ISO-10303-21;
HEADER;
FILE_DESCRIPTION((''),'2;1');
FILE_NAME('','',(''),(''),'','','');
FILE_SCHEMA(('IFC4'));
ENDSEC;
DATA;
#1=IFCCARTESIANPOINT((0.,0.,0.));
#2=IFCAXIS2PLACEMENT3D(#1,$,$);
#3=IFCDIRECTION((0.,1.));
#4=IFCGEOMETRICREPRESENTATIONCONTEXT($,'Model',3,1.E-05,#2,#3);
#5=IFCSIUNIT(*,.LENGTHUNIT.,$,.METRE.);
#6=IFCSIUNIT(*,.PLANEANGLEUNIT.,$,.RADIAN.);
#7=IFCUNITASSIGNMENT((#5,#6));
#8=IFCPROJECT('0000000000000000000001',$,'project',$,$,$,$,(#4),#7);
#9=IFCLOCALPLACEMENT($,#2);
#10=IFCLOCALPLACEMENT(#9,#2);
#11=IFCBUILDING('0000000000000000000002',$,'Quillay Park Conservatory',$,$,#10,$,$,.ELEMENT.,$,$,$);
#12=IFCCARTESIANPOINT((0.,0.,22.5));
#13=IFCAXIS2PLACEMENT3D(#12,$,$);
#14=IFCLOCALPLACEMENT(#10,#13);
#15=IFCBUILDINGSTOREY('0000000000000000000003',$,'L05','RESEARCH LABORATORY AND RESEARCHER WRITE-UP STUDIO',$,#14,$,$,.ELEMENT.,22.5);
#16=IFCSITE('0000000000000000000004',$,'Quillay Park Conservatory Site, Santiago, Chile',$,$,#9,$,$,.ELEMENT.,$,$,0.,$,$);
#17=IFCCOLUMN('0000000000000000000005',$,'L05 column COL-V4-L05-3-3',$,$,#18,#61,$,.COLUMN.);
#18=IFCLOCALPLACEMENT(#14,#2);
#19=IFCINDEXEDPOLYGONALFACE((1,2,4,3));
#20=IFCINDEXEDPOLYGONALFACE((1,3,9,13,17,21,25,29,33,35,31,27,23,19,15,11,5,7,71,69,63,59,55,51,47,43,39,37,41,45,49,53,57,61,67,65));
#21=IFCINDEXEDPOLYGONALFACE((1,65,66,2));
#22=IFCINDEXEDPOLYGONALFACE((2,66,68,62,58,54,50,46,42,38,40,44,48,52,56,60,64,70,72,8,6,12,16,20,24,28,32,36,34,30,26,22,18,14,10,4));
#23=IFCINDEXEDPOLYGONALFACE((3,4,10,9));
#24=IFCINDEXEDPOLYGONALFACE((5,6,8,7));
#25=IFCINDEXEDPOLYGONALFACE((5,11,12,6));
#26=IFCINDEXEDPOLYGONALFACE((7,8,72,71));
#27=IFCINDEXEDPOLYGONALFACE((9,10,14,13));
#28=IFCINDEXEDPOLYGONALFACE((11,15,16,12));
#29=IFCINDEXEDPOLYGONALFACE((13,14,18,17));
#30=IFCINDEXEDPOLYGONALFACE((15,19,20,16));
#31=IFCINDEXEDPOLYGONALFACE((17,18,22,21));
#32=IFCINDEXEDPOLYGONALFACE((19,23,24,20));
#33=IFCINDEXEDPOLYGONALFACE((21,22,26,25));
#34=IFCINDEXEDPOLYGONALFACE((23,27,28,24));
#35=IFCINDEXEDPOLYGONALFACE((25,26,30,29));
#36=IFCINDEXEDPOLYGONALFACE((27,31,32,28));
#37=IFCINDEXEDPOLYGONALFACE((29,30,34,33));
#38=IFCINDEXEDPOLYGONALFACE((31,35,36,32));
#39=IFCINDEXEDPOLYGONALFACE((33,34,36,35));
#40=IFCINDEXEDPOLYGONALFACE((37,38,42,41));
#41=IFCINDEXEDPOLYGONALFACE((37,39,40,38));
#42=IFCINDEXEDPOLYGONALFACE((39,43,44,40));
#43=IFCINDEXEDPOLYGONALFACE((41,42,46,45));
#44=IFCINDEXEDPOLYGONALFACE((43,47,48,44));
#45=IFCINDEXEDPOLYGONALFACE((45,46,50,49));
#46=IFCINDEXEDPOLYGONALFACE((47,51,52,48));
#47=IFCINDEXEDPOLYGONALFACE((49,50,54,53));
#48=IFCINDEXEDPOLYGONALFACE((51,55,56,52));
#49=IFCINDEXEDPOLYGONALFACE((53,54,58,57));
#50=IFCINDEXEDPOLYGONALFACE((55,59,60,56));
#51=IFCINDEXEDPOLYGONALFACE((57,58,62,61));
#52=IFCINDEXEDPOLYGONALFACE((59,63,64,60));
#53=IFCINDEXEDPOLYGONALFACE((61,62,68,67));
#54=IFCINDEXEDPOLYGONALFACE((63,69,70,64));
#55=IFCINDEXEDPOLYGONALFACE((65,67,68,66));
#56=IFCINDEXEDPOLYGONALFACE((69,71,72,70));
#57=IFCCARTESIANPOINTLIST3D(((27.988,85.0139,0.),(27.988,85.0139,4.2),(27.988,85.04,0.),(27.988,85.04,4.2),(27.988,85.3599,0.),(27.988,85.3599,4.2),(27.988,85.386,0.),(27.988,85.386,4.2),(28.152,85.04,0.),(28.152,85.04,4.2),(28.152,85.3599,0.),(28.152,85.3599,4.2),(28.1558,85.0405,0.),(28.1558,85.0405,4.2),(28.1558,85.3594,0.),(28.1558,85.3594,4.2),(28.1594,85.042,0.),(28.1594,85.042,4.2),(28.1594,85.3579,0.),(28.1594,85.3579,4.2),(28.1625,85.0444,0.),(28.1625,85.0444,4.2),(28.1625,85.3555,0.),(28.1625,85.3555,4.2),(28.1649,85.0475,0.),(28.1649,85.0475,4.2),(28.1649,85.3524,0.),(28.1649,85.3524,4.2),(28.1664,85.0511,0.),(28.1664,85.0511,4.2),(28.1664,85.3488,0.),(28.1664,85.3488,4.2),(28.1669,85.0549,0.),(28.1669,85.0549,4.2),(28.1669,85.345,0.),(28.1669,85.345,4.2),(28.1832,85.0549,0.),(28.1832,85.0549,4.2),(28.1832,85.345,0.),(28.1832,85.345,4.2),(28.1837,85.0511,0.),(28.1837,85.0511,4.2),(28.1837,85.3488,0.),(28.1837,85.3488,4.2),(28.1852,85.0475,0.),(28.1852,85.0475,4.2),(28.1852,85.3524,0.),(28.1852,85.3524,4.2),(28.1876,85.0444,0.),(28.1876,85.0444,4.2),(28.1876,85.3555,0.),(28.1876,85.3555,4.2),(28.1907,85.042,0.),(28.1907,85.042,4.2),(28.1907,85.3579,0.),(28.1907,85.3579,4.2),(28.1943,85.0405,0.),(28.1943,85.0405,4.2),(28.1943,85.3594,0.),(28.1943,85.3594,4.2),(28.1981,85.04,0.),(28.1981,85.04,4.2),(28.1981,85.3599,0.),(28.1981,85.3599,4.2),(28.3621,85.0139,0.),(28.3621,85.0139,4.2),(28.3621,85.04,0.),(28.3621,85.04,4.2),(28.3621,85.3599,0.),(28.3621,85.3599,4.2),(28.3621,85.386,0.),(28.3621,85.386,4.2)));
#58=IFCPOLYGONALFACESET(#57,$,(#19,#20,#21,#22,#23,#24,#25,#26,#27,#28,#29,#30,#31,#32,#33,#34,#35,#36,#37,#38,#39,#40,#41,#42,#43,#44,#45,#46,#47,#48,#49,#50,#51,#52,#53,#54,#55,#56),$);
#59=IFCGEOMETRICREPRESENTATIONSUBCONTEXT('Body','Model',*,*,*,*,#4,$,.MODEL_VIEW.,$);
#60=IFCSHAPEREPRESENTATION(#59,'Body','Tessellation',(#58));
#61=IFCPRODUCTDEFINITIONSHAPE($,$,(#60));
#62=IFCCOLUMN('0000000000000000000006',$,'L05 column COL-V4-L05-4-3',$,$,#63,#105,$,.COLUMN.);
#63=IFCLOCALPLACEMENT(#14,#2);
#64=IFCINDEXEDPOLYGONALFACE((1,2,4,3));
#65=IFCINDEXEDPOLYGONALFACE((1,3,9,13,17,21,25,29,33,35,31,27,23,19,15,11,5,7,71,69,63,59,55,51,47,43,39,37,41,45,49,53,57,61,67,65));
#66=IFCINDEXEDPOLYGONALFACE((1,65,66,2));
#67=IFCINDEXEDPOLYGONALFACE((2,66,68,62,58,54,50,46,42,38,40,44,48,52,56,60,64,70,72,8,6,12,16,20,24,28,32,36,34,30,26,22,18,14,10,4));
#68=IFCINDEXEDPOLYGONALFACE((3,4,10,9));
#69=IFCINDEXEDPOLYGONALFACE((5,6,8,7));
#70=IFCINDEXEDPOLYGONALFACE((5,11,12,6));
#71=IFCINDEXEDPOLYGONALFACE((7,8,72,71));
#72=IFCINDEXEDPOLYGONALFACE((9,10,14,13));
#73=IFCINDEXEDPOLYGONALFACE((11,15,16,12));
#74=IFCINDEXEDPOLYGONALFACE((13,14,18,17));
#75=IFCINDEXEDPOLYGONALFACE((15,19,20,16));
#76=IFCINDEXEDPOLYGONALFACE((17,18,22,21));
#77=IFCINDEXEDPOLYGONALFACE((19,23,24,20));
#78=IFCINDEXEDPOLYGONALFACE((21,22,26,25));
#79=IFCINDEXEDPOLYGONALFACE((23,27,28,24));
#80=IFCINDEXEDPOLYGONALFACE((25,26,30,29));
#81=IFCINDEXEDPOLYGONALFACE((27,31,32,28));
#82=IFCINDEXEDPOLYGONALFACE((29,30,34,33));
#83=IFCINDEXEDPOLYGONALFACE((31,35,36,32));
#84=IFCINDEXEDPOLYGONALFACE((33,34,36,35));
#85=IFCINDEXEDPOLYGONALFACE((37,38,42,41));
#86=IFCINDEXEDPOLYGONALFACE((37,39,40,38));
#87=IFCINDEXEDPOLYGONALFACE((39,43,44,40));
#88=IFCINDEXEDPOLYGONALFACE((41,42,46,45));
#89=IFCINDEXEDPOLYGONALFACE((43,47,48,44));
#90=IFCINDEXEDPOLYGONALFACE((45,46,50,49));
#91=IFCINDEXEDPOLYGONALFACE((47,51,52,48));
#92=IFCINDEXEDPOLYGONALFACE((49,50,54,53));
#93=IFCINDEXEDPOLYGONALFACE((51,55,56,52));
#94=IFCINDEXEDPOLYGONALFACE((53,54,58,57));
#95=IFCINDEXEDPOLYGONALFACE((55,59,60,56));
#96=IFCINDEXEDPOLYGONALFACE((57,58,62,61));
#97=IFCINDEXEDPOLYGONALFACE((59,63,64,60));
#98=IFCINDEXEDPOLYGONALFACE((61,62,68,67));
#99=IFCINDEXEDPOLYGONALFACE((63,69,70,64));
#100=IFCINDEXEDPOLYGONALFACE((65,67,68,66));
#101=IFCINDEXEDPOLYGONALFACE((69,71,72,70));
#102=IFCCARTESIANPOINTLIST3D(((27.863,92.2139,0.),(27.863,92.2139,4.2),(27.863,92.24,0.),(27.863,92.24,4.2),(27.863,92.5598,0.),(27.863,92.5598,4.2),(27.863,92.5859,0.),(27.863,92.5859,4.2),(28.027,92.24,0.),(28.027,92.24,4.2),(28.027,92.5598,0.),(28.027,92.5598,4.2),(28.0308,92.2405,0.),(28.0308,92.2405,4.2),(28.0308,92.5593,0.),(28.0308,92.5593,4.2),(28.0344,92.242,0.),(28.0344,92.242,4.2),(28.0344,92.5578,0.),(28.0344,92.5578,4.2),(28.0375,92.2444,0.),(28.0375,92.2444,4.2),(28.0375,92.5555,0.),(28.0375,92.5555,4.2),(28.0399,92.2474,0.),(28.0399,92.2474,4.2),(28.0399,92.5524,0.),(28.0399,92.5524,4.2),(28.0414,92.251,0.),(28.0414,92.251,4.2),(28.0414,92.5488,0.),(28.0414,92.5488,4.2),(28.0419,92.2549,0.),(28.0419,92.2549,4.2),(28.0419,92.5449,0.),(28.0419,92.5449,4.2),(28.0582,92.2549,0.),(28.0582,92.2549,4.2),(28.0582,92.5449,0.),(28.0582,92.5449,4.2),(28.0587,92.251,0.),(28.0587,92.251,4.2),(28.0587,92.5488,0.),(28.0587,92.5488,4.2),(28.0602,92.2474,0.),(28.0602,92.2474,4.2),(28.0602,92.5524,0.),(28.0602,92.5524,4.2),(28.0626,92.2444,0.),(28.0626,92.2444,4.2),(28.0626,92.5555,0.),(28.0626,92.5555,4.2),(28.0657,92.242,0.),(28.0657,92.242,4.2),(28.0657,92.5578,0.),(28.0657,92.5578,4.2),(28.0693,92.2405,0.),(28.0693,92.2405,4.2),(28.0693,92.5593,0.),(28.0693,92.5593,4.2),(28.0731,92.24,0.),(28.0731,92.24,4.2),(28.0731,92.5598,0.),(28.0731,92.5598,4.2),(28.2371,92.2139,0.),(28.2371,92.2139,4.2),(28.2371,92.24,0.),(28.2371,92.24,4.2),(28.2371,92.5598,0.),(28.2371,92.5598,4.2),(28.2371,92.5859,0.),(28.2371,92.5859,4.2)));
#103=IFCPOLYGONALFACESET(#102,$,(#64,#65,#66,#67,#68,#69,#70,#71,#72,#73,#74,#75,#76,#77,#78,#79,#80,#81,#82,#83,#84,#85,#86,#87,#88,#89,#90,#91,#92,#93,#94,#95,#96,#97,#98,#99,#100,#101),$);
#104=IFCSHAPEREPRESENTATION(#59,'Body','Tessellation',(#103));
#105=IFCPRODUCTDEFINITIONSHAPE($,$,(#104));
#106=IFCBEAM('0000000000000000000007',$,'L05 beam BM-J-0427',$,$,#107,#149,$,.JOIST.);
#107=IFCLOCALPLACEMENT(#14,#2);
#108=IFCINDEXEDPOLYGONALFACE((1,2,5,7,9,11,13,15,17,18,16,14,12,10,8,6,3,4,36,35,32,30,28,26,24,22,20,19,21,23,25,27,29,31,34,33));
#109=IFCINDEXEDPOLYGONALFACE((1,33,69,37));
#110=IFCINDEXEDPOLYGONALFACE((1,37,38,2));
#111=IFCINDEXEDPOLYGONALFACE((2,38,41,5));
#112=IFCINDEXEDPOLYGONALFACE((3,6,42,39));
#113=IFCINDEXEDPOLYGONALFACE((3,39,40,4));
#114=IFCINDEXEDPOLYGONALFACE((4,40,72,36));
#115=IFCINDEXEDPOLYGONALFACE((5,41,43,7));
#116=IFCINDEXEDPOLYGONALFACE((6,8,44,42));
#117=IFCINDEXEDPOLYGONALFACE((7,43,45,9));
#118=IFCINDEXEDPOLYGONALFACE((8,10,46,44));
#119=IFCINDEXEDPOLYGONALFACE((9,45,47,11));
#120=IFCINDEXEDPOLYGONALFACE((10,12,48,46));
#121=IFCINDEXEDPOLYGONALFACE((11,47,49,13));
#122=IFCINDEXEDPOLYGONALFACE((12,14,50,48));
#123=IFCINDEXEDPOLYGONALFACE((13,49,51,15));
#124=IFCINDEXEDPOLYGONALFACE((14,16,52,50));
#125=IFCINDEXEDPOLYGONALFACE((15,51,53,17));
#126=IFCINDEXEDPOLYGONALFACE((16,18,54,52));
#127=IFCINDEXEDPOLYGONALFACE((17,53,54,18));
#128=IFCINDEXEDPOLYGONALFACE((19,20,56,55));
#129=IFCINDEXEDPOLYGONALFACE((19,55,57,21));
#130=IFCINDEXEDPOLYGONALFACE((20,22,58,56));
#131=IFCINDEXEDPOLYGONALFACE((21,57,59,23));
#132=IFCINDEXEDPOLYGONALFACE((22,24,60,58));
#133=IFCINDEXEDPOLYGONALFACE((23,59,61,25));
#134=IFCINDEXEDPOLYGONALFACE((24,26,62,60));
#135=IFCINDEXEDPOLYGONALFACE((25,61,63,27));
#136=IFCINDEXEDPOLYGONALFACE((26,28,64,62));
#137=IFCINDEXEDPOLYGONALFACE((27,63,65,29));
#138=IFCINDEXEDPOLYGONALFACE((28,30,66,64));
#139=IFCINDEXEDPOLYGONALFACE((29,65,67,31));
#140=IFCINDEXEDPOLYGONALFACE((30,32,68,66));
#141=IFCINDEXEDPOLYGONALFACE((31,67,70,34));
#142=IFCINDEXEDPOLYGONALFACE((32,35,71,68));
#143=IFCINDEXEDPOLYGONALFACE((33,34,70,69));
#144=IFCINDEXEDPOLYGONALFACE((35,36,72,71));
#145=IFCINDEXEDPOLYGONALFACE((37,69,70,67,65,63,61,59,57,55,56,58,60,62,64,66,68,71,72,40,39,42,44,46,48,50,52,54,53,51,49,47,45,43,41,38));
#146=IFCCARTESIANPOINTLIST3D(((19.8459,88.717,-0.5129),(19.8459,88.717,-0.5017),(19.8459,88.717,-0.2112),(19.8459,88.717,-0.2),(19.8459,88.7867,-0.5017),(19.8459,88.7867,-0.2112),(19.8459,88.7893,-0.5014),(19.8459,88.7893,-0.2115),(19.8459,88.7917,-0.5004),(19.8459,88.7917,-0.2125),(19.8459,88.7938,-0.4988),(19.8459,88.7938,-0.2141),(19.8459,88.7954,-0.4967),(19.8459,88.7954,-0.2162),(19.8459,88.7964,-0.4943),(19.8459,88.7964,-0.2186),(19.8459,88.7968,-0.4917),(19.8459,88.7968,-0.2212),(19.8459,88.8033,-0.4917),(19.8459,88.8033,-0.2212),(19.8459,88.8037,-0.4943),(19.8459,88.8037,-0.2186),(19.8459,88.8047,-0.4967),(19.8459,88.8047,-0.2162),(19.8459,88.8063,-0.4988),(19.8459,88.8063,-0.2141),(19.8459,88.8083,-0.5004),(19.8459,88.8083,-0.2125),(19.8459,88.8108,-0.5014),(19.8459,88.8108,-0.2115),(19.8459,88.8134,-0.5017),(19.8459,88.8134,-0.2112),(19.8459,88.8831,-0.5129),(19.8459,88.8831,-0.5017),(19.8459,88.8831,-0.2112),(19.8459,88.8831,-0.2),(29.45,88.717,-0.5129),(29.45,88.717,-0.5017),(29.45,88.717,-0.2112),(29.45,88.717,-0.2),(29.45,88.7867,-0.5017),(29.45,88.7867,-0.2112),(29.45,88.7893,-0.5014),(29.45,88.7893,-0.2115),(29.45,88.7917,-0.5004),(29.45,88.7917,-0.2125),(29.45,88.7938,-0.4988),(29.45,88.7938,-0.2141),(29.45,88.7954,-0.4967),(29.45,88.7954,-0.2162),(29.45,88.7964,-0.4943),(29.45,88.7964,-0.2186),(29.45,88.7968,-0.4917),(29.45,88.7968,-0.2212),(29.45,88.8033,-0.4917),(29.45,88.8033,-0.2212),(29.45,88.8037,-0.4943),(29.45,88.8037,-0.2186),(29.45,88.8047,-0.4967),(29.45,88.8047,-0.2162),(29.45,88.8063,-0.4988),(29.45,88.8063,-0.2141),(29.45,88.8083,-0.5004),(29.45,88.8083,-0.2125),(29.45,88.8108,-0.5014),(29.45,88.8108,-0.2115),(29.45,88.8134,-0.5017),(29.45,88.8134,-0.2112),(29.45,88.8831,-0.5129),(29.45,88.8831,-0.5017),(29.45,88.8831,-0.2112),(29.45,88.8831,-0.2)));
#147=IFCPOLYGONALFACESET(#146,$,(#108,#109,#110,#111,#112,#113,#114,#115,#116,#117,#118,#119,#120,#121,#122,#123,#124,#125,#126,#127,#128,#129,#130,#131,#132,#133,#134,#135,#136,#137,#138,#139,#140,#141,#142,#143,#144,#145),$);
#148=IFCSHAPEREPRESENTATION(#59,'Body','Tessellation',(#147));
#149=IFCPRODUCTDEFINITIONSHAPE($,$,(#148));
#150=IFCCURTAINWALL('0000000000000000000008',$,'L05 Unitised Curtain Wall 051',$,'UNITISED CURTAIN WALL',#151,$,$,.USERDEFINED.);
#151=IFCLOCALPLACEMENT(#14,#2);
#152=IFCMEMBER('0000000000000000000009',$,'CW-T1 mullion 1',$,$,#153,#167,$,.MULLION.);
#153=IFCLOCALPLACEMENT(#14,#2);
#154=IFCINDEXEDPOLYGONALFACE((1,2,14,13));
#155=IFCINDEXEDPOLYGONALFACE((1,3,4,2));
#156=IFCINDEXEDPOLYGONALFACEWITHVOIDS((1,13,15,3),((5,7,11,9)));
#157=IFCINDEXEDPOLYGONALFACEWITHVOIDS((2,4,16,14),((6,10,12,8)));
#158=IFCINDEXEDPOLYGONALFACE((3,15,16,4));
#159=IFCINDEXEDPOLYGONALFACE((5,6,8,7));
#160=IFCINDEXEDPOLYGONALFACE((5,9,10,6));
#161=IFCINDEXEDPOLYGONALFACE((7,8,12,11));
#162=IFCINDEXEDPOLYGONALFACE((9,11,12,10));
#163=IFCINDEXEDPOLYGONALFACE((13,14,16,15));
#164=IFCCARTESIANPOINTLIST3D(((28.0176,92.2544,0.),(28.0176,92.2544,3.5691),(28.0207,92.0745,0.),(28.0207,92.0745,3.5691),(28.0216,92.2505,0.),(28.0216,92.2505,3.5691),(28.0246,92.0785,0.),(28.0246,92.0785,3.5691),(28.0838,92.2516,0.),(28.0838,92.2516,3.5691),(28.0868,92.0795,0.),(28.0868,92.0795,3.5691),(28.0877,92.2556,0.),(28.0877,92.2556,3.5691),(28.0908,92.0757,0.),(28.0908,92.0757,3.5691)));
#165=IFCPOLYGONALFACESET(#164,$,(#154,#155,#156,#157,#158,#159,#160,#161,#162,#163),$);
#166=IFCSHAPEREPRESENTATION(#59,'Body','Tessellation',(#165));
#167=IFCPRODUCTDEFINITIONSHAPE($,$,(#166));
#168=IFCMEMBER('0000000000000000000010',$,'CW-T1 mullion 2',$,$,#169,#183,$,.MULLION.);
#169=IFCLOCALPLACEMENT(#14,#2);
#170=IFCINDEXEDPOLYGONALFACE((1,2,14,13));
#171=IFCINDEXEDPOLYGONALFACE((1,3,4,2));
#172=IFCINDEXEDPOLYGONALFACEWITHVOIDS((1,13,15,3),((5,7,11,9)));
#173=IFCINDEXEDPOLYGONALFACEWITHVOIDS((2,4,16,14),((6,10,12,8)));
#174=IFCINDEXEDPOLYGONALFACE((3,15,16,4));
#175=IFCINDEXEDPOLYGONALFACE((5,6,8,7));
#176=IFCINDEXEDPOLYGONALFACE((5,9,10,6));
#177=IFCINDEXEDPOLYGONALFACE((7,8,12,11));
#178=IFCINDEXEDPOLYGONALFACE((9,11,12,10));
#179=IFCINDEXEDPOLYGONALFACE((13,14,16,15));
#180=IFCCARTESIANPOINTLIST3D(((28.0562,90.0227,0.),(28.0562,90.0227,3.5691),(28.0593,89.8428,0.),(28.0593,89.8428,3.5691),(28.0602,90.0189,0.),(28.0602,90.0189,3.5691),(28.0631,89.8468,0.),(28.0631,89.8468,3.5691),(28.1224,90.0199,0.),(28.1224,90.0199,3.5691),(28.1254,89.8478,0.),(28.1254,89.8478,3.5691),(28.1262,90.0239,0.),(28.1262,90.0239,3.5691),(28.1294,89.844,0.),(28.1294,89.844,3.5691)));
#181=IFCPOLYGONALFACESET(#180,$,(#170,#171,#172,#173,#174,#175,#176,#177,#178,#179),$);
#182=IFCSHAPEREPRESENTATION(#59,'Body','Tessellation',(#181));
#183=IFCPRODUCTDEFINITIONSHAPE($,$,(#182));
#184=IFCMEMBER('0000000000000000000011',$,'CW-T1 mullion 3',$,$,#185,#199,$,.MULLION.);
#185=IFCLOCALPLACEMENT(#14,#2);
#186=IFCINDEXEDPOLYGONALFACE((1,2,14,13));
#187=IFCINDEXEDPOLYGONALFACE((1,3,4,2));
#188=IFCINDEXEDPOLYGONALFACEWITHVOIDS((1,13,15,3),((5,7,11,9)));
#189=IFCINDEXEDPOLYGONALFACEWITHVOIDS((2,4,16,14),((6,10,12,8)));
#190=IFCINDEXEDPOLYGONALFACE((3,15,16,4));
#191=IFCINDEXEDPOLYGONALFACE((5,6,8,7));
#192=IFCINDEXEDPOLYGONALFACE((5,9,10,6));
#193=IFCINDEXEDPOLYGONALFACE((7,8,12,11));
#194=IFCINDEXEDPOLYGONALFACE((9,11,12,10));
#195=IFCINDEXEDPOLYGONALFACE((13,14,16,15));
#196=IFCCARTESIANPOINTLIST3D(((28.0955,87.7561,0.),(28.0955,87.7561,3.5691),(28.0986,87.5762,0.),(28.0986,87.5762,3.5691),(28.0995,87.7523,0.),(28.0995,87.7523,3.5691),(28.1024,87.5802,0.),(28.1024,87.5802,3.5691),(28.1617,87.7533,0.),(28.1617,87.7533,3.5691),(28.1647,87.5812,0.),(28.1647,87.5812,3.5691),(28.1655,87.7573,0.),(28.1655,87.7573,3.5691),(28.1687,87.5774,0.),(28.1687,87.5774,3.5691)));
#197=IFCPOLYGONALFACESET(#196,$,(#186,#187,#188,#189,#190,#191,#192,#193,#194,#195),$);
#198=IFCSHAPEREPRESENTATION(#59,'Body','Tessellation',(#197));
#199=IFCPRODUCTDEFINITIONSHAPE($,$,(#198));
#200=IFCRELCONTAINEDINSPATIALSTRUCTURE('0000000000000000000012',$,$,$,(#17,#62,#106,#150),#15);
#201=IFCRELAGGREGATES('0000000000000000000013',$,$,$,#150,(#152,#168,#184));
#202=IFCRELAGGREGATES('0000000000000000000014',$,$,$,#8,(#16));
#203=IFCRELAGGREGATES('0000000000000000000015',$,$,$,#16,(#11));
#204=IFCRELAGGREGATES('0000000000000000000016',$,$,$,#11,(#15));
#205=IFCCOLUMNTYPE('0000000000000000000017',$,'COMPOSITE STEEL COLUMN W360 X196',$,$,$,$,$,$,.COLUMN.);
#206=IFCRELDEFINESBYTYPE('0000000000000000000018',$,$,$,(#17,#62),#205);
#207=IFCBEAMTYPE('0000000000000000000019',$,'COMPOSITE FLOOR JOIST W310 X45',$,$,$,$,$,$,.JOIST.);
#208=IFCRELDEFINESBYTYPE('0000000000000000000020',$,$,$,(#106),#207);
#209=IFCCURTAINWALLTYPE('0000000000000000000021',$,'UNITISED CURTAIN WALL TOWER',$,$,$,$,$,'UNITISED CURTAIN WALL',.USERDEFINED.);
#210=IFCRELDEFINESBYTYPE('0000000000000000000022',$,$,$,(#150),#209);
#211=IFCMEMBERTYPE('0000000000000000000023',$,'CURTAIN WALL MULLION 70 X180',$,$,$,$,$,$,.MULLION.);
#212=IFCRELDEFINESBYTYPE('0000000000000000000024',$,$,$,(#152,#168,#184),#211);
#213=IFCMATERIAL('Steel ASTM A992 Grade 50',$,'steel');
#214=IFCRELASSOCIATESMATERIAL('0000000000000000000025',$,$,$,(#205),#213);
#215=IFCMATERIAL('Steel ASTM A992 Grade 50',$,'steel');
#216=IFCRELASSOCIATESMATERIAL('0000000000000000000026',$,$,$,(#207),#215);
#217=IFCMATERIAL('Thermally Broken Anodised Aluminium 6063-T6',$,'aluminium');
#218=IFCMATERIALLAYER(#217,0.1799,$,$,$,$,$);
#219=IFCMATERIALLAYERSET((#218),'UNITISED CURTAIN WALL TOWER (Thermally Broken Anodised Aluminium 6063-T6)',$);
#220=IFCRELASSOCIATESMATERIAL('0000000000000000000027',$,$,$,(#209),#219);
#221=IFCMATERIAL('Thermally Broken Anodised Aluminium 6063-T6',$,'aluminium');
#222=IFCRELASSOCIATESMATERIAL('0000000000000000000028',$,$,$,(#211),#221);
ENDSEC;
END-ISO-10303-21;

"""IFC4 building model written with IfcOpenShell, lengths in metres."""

from ifc_helpers import new_model, si_unit, direction, frame, origin, origin_2d, place, context, subcontext, project, spatial, hollow_rectangle, i_section, extrude, material, layer, layer_set, material_profile, profile_set, type_object, element, aggregate, save


model = new_model("IFC4")

# Units and contexts
model_context = context("Model", 3, precision=1e-05, world=origin(), true_north=direction((0.0, 1.0)))
body_context = subcontext(model_context, "Body", "Model", "MODEL_VIEW")
ifc_project = project(units=[si_unit("LENGTHUNIT", "METRE"), si_unit("PLANEANGLEUNIT", "RADIAN")], contexts=[model_context])

# Site, building, storey
site_placement = place(None, origin())
site = spatial("IfcSite", under=ifc_project, at=site_placement, Name="Quillay Park Conservatory Site, Santiago, Chile", CompositionType="ELEMENT", RefElevation=0.0)
building_placement = place(site_placement, origin())
building = spatial("IfcBuilding", under=site, at=building_placement, Name="Quillay Park Conservatory", CompositionType="ELEMENT")
storey_placement = place(building_placement, frame((0.0, 0.0, 22.5)))
storey = spatial("IfcBuildingStorey", under=building, at=storey_placement, Name="L05", Description="RESEARCH LABORATORY AND RESEARCHER WRITE-UP STUDIO", CompositionType="ELEMENT", Elevation=22.5)

# Columns
ifc_material_1 = material(Name="Steel ASTM A992 Grade 50", Category="steel")
ifc_material_profile_1 = material_profile(ifc_material_1, i_section(OverallWidth=0.374, OverallDepth=0.3721, WebThickness=0.0164, FlangeThickness=0.0261, FilletRadius=0.0149, at=origin_2d()), Name="W360x196")
ifc_profile_set_1 = profile_set([ifc_material_profile_1], Name="Steel ASTM A992 Grade 50")
column_type = type_object("IfcColumnType", Name="COMPOSITE STEEL COLUMN W360 X196", PredefinedType="COLUMN", material=ifc_profile_set_1)
for number, where, z_axis, x_axis, name in (
    (1, (28.175, 85.2, 0.0), (0.0, 0.0, 1.0), (1.0, 0.0, 0.0), "L05 column COL-V4-L05-3-3"),
    (2, (28.05, 92.3999, 0.0), (0.0, 0.0, 1.0), (1.0, 0.0, 0.0), "L05 column COL-V4-L05-4-3"),
):
    element("IfcColumn", number, at=place(storey_placement, frame(where, z_axis=z_axis, x_axis=x_axis)), inside=storey, type_object=column_type, Name=name, PredefinedType="COLUMN", context=body_context, shape_type="SweptSolid", body=[
        extrude(i_section(OverallWidth=0.374, OverallDepth=0.3721, WebThickness=0.0164, FlangeThickness=0.0261, FilletRadius=0.0149, at=origin_2d()), origin(), (0.0, 0.0, 1.0), 4.2),
    ])

# Beam
ifc_material_2 = material(Name="Steel ASTM A992 Grade 50", Category="steel")
ifc_material_profile_2 = material_profile(ifc_material_2, i_section(OverallWidth=0.166, OverallDepth=0.313, WebThickness=0.0066, FlangeThickness=0.0112, FilletRadius=0.01, at=origin_2d()), Name="W310x45")
ifc_profile_set_2 = profile_set([ifc_material_profile_2], Name="Steel ASTM A992 Grade 50")
beam_type_1 = type_object("IfcBeamType", Name="COMPOSITE FLOOR JOIST W310 X45", PredefinedType="JOIST", material=ifc_profile_set_2)
beam_1_placement = place(storey_placement, frame((19.8459, 88.8, -0.3564), z_axis=(1.0, 0.0, 0.0), x_axis=(0.0, 1.0, 0.0)))
element("IfcBeam", 3, at=beam_1_placement, inside=storey, type_object=beam_type_1, Name="L05 beam BM-J-0427", PredefinedType="JOIST", context=body_context, shape_type="SweptSolid", body=[
    extrude(i_section(OverallWidth=0.166, OverallDepth=0.313, WebThickness=0.0066, FlangeThickness=0.0112, FilletRadius=0.01, at=origin_2d()), origin(), (0.0, 0.0, 1.0), 9.604),
])

# Curtain wall, members
ifc_material_3 = material(Name="Thermally Broken Anodised Aluminium 6063-T6", Category="aluminium")
ifc_layer_1 = layer(ifc_material_3, 0.1799)
ifc_layer_set_1 = layer_set([ifc_layer_1], Name="UNITISED CURTAIN WALL TOWER (Thermally Broken Anodised Aluminium 6063-T6)")
curtain_wall_type = type_object("IfcCurtainWallType", Name="UNITISED CURTAIN WALL TOWER", ElementType="UNITISED CURTAIN WALL", PredefinedType="USERDEFINED", material=ifc_layer_set_1)
curtain_wall_placement = place(storey_placement, origin())
curtain_wall = element("IfcCurtainWall", 4, at=curtain_wall_placement, inside=storey, type_object=curtain_wall_type, Name="L05 Unitised Curtain Wall 051", ObjectType="UNITISED CURTAIN WALL", PredefinedType="USERDEFINED")
ifc_material_4 = material(Name="Thermally Broken Anodised Aluminium 6063-T6", Category="aluminium")
ifc_material_profile_3 = material_profile(ifc_material_4, hollow_rectangle(XDim=0.0701, YDim=0.1799, WallThickness=0.0039, at=origin_2d()), Name="AL70x180x4")
ifc_profile_set_3 = profile_set([ifc_material_profile_3], Name="Thermally Broken Anodised Aluminium 6063-T6")
member_type_1 = type_object("IfcMemberType", Name="CURTAIN WALL MULLION 70 X180", PredefinedType="MULLION", material=ifc_profile_set_3)
member_1_placement = place(storey_placement, frame((28.0542, 92.165, 0.0), z_axis=(0.0, 0.0, 1.0), x_axis=(0.999849, 0.01735, 0.0)))
member_1 = element("IfcMember", 5, at=member_1_placement, type_object=member_type_1, Name="CW-T1 mullion 1", PredefinedType="MULLION", context=body_context, shape_type="SweptSolid", body=[
    extrude(hollow_rectangle(XDim=0.0701, YDim=0.1799, WallThickness=0.0039, at=origin_2d()), origin(), (0.0, 0.0, 1.0), 3.5691),
])
member_2_placement = place(storey_placement, frame((28.0928, 89.9333, 0.0), z_axis=(0.0, 0.0, 1.0), x_axis=(0.999849, 0.01735, 0.0)))
member_2 = element("IfcMember", 6, at=member_2_placement, type_object=member_type_1, Name="CW-T1 mullion 2", PredefinedType="MULLION", context=body_context, shape_type="SweptSolid", body=[
    extrude(hollow_rectangle(XDim=0.0701, YDim=0.1799, WallThickness=0.0039, at=origin_2d()), origin(), (0.0, 0.0, 1.0), 3.5691),
])
member_3_placement = place(storey_placement, frame((28.1321, 87.6667, 0.0), z_axis=(0.0, 0.0, 1.0), x_axis=(0.999849, 0.01735, 0.0)))
member_3 = element("IfcMember", 7, at=member_3_placement, type_object=member_type_1, Name="CW-T1 mullion 3", PredefinedType="MULLION", context=body_context, shape_type="SweptSolid", body=[
    extrude(hollow_rectangle(XDim=0.0701, YDim=0.1799, WallThickness=0.0039, at=origin_2d()), origin(), (0.0, 0.0, 1.0), 3.5691),
])

aggregate(curtain_wall, [member_1, member_2, member_3])

save(model, "model.ifc")
